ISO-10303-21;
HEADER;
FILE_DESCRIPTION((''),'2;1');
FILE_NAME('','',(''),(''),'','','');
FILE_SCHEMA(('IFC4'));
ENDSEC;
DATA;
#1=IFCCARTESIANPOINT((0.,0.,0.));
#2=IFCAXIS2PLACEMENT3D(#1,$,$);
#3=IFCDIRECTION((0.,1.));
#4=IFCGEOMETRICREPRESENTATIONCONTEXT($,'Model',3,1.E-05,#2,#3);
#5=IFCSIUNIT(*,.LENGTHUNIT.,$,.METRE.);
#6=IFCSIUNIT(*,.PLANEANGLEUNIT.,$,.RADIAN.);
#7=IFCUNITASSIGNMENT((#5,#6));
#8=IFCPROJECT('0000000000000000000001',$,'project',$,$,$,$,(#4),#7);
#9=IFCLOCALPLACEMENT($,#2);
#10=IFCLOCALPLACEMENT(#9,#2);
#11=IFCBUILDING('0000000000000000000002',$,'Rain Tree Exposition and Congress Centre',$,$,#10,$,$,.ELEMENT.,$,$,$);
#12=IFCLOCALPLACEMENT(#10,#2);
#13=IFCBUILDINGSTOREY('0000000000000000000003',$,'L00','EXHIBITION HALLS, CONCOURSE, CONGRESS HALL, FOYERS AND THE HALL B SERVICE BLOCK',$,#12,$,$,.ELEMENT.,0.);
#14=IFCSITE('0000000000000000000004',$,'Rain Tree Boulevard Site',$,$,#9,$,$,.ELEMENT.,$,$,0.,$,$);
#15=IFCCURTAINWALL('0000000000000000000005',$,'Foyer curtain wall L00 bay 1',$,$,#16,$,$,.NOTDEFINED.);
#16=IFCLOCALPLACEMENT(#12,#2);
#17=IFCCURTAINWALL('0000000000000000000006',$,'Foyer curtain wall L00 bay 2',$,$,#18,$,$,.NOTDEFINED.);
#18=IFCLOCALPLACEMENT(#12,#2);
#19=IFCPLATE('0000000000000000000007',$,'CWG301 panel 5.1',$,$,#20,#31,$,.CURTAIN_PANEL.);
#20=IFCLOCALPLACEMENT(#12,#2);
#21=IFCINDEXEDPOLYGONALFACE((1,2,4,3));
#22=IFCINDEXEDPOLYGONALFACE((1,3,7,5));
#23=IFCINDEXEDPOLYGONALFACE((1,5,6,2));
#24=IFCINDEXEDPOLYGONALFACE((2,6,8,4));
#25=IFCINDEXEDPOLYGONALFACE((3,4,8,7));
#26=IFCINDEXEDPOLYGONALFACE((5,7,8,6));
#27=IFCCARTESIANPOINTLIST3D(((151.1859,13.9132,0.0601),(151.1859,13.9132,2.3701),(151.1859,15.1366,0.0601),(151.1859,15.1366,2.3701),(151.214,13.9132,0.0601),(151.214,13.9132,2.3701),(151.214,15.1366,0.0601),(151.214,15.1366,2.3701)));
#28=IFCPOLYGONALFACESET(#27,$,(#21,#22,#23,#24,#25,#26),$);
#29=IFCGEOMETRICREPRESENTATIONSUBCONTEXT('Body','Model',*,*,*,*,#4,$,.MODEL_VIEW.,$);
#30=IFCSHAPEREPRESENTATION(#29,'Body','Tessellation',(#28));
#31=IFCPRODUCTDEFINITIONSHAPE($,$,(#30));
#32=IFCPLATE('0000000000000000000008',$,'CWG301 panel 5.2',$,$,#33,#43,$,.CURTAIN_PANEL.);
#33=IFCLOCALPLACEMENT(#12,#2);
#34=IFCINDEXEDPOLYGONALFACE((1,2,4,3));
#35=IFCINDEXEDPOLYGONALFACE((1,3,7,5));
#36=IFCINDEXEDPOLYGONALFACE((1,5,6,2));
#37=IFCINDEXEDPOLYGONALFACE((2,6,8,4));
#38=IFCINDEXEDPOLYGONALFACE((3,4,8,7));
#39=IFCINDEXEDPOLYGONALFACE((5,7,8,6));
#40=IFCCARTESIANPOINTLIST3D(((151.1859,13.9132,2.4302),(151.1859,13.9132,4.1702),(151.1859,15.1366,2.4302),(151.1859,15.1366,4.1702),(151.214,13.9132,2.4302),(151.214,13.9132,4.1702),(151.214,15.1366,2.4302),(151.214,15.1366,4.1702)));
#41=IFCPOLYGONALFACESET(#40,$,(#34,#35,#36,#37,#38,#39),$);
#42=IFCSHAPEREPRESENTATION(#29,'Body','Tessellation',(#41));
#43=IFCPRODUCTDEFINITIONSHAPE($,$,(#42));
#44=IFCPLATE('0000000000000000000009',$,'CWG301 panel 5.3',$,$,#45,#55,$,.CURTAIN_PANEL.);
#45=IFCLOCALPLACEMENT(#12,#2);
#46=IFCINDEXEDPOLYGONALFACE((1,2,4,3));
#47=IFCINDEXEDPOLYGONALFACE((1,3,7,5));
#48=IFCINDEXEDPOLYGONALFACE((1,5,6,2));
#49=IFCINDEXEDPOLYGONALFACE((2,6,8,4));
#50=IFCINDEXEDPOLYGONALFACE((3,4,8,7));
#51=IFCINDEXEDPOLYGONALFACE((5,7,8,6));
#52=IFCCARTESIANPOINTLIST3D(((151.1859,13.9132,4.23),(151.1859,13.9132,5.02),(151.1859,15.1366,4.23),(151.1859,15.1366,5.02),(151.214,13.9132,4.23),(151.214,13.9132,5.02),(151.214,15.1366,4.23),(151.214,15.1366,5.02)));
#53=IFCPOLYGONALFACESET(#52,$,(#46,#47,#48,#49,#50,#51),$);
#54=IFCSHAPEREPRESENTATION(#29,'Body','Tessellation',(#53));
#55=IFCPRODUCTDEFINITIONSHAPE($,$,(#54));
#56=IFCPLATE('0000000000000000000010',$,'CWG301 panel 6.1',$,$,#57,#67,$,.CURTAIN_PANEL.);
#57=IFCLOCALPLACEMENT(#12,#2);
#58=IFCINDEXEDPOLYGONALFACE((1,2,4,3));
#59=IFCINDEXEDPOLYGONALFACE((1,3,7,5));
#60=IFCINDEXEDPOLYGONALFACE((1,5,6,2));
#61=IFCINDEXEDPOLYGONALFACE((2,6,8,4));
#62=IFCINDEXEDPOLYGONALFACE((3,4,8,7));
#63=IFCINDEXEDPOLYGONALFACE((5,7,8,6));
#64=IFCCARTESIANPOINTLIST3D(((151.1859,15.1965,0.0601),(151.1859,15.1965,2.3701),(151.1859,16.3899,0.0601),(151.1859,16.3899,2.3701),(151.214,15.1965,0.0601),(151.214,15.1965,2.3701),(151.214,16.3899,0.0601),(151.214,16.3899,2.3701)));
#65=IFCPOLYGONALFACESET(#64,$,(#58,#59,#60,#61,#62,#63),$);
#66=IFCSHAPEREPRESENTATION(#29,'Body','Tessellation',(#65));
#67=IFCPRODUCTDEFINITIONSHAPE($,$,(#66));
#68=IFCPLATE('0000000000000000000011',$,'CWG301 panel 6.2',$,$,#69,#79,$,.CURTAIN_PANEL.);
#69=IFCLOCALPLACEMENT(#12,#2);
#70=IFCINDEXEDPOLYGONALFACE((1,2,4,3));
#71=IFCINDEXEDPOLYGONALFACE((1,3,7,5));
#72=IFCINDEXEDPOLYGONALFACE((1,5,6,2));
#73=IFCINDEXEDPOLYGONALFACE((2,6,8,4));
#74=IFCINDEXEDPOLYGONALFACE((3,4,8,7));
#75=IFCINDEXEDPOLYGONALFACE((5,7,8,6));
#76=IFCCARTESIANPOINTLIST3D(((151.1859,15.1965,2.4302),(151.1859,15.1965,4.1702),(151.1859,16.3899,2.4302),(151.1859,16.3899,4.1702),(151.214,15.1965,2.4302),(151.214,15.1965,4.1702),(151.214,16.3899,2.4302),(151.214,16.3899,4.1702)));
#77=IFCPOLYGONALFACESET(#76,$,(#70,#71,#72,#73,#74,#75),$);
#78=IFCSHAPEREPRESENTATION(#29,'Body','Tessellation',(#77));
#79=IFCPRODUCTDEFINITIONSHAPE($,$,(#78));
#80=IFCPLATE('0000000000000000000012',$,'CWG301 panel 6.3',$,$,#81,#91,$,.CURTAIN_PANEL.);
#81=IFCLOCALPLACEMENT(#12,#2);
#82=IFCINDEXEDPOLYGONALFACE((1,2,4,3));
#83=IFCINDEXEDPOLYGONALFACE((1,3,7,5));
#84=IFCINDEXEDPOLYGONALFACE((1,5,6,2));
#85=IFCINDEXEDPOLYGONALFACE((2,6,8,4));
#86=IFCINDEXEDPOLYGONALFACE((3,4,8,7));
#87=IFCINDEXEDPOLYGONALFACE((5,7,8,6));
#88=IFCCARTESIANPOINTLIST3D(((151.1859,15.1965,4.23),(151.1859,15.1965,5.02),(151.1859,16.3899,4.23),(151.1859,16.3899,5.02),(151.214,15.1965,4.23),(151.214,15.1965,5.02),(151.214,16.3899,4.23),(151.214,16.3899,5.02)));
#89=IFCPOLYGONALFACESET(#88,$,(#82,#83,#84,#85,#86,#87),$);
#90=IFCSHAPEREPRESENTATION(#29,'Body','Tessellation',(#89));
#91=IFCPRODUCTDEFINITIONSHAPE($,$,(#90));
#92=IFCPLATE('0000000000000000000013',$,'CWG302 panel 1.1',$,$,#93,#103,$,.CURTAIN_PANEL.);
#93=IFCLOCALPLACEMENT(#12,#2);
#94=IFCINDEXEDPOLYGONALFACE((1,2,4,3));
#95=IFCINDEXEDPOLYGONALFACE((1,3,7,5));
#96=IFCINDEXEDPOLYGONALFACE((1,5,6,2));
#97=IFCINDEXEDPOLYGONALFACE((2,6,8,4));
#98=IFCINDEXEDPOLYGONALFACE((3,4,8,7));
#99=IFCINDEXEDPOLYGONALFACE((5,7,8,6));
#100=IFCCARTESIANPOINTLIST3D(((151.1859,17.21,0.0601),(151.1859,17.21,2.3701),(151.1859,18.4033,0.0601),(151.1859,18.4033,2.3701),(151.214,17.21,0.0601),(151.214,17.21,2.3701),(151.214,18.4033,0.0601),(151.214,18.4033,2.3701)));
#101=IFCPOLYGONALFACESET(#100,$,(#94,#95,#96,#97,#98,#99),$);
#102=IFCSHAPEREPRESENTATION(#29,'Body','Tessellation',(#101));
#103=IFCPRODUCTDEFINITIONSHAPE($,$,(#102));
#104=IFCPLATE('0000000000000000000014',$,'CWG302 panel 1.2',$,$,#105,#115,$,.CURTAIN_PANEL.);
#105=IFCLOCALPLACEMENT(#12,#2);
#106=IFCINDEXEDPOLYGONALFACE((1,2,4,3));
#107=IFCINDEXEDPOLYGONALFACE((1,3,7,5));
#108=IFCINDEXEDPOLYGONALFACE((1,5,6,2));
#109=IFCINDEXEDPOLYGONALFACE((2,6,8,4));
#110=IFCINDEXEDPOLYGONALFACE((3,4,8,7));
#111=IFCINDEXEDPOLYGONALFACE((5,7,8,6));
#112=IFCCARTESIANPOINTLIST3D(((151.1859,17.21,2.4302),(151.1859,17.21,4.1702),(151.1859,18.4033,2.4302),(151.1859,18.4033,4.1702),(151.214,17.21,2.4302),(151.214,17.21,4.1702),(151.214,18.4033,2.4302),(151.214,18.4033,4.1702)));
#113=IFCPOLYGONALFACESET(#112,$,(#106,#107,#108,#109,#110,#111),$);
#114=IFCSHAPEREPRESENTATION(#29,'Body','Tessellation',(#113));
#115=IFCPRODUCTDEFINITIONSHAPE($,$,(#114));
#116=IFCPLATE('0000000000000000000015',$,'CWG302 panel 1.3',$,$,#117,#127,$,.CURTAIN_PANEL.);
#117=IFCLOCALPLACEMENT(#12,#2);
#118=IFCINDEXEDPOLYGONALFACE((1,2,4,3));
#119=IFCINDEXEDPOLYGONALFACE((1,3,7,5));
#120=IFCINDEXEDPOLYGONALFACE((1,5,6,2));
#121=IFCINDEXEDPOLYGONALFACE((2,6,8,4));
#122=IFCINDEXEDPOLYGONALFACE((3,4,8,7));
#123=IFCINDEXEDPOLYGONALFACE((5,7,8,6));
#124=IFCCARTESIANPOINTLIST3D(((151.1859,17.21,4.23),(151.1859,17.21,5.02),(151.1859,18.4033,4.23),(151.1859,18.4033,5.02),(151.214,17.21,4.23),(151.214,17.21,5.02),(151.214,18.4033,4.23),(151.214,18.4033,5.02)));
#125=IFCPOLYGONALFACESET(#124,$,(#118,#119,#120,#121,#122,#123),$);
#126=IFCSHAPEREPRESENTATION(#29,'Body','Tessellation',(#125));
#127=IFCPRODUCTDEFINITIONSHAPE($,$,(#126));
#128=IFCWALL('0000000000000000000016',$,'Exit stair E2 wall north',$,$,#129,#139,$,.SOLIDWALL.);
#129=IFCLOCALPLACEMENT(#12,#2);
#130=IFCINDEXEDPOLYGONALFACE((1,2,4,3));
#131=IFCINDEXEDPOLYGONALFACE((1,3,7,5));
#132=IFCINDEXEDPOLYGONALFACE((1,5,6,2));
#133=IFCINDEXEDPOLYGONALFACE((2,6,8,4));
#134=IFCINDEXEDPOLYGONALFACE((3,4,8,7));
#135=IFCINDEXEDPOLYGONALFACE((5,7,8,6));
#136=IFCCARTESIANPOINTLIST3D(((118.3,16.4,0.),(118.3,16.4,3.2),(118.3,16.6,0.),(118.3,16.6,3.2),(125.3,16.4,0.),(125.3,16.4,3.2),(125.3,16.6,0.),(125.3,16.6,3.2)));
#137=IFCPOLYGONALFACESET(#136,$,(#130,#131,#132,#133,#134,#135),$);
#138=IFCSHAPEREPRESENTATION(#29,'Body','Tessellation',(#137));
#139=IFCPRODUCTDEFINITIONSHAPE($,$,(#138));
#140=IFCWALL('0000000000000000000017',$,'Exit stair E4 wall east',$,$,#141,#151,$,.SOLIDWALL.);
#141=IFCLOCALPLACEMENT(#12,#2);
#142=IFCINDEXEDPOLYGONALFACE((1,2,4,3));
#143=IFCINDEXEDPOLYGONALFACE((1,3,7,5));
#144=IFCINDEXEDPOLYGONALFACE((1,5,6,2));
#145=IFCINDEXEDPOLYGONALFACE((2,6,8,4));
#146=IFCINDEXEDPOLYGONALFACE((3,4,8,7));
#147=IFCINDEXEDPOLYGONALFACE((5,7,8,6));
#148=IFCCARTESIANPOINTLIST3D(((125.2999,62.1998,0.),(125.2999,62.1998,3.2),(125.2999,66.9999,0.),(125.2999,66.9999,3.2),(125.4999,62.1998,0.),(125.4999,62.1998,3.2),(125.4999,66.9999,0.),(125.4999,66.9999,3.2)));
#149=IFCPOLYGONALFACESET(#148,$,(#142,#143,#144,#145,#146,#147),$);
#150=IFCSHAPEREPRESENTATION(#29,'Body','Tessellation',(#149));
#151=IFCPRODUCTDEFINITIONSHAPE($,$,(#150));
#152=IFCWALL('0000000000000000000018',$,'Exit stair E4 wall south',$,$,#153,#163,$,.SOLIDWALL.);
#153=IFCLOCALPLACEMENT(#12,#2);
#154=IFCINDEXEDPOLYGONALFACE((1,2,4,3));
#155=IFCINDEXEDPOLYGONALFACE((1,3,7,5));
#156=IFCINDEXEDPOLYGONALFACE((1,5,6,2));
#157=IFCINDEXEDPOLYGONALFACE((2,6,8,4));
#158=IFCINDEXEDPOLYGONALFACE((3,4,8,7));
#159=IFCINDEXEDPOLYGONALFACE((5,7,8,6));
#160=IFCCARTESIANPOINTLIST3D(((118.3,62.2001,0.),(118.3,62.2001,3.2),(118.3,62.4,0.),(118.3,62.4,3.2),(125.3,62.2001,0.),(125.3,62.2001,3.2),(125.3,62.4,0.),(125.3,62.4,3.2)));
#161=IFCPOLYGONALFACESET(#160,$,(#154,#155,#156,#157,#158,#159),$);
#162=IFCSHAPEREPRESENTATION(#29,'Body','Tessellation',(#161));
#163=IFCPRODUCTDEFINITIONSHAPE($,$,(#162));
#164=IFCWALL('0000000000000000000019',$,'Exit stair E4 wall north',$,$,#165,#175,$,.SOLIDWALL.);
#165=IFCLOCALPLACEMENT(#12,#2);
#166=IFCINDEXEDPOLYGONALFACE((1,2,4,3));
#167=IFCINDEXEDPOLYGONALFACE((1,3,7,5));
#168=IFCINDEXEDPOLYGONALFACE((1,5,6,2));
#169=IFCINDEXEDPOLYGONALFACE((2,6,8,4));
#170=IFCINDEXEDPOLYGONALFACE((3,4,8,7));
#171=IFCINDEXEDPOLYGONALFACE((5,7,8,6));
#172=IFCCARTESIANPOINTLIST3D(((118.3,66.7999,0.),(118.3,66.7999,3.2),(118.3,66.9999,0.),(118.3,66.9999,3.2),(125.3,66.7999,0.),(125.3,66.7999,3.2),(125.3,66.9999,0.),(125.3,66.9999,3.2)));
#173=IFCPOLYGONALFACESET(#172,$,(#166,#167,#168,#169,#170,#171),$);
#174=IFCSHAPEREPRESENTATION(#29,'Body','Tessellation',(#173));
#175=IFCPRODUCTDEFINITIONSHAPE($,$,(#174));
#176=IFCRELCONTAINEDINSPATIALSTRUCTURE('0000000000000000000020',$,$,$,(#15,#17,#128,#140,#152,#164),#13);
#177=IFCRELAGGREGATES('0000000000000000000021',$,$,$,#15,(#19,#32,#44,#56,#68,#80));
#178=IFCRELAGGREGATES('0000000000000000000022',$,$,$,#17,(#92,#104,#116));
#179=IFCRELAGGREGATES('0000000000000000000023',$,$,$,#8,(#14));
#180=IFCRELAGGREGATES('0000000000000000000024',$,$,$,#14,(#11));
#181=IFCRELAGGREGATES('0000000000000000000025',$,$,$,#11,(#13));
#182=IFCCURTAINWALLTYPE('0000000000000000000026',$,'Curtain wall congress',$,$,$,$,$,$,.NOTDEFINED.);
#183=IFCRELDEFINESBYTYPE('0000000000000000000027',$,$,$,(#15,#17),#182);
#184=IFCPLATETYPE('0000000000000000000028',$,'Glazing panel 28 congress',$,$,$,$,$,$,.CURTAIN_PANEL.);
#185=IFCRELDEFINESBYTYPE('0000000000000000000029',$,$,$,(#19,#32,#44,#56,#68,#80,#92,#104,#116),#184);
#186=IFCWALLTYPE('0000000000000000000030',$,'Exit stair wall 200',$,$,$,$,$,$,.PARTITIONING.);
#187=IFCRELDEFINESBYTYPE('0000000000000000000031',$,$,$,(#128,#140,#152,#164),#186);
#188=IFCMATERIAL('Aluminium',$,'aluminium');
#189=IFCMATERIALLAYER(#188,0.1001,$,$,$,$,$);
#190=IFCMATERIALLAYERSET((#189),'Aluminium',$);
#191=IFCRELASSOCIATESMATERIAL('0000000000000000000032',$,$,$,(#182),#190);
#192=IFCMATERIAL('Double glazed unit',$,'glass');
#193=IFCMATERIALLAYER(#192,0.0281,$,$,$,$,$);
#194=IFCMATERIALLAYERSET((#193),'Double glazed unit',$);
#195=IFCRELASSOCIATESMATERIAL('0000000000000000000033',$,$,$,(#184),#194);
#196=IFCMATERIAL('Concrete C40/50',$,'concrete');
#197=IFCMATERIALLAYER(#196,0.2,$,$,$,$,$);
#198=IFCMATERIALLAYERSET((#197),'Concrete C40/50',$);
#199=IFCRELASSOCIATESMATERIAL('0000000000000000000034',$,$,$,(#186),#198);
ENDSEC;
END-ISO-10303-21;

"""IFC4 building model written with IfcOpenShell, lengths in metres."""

from ifc_helpers import new_model, si_unit, direction, frame, frame_2d, origin, origin_2d, place, context, subcontext, project, spatial, rectangle, extrude, material, layer, layer_set, type_object, element, aggregate, save


model = new_model("IFC4")

# Units and contexts
model_context = context("Model", 3, precision=1e-05, world=origin(), true_north=direction((0.0, 1.0)))
body_context = subcontext(model_context, "Body", "Model", "MODEL_VIEW")
ifc_project = project(units=[si_unit("LENGTHUNIT", "METRE"), si_unit("PLANEANGLEUNIT", "RADIAN")], contexts=[model_context])

# Site, building, storey
site_placement = place(None, origin())
site = spatial("IfcSite", under=ifc_project, at=site_placement, Name="Rain Tree Boulevard Site", CompositionType="ELEMENT", RefElevation=0.0)
building_placement = place(site_placement, origin())
building = spatial("IfcBuilding", under=site, at=building_placement, Name="Rain Tree Exposition and Congress Centre", CompositionType="ELEMENT")
storey_placement = place(building_placement, origin())
storey = spatial("IfcBuildingStorey", under=building, at=storey_placement, Name="L00", Description="EXHIBITION HALLS, CONCOURSE, CONGRESS HALL, FOYERS AND THE HALL B SERVICE BLOCK", CompositionType="ELEMENT", Elevation=0.0)

# Curtain walls
ifc_material_1 = material(Name="Aluminium", Category="aluminium")
ifc_layer_1 = layer(ifc_material_1, 0.1001)
ifc_layer_set_1 = layer_set([ifc_layer_1], Name="Aluminium")
curtain_wall_type = type_object("IfcCurtainWallType", Name="Curtain wall congress", PredefinedType="NOTDEFINED", material=ifc_layer_set_1)
curtain_wall_1_placement = place(storey_placement, origin())
curtain_wall_1 = element("IfcCurtainWall", 1, at=curtain_wall_1_placement, inside=storey, type_object=curtain_wall_type, Name="Foyer curtain wall L00 bay 1", PredefinedType="NOTDEFINED")
curtain_wall_2_placement = place(storey_placement, origin())
curtain_wall_2 = element("IfcCurtainWall", 2, at=curtain_wall_2_placement, inside=storey, type_object=curtain_wall_type, Name="Foyer curtain wall L00 bay 2", PredefinedType="NOTDEFINED")

# Plates
ifc_material_2 = material(Name="Double glazed unit", Category="glass")
ifc_layer_2 = layer(ifc_material_2, 0.0281)
ifc_layer_set_2 = layer_set([ifc_layer_2], Name="Double glazed unit")
plate_type = type_object("IfcPlateType", Name="Glazing panel 28 congress", PredefinedType="CURTAIN_PANEL", material=ifc_layer_set_2)
plate_1_placement = place(storey_placement, frame((151.2, 14.5249, 0.0601), z_axis=(0.0, 0.0, 1.0), x_axis=(0.0, 1.0, 0.0)))
plate_1 = element("IfcPlate", 3, at=plate_1_placement, type_object=plate_type, Name="CWG301 panel 5.1", PredefinedType="CURTAIN_PANEL", context=body_context, shape_type="SweptSolid", body=[
    extrude(rectangle(XDim=1.2234, YDim=0.0281, at=origin_2d()), origin(), (0.0, 0.0, 1.0), 2.3101),
])
plate_2_placement = place(storey_placement, frame((151.2, 14.5249, 2.4302), z_axis=(0.0, 0.0, 1.0), x_axis=(0.0, 1.0, 0.0)))
plate_2 = element("IfcPlate", 4, at=plate_2_placement, type_object=plate_type, Name="CWG301 panel 5.2", PredefinedType="CURTAIN_PANEL", context=body_context, shape_type="SweptSolid", body=[
    extrude(rectangle(XDim=1.2234, YDim=0.0281, at=origin_2d()), origin(), (0.0, 0.0, 1.0), 1.74),
])
plate_3_placement = place(storey_placement, frame((151.2, 14.5249, 4.23), z_axis=(0.0, 0.0, 1.0), x_axis=(0.0, 1.0, 0.0)))
plate_3 = element("IfcPlate", 5, at=plate_3_placement, type_object=plate_type, Name="CWG301 panel 5.3", PredefinedType="CURTAIN_PANEL", context=body_context, shape_type="SweptSolid", body=[
    extrude(rectangle(XDim=1.2234, YDim=0.0281, at=origin_2d()), origin(), (0.0, 0.0, 1.0), 0.79),
])
plate_4_placement = place(storey_placement, frame((151.2, 15.7932, 0.0601), z_axis=(0.0, 0.0, 1.0), x_axis=(0.0, 1.0, 0.0)))
plate_4 = element("IfcPlate", 6, at=plate_4_placement, type_object=plate_type, Name="CWG301 panel 6.1", PredefinedType="CURTAIN_PANEL", context=body_context, shape_type="SweptSolid", body=[
    extrude(rectangle(XDim=1.1934, YDim=0.0281, at=origin_2d()), origin(), (0.0, 0.0, 1.0), 2.3101),
])
plate_5_placement = place(storey_placement, frame((151.2, 15.7932, 2.4302), z_axis=(0.0, 0.0, 1.0), x_axis=(0.0, 1.0, 0.0)))
plate_5 = element("IfcPlate", 7, at=plate_5_placement, type_object=plate_type, Name="CWG301 panel 6.2", PredefinedType="CURTAIN_PANEL", context=body_context, shape_type="SweptSolid", body=[
    extrude(rectangle(XDim=1.1934, YDim=0.0281, at=origin_2d()), origin(), (0.0, 0.0, 1.0), 1.74),
])
plate_6_placement = place(storey_placement, frame((151.2, 15.7932, 4.23), z_axis=(0.0, 0.0, 1.0), x_axis=(0.0, 1.0, 0.0)))
plate_6 = element("IfcPlate", 8, at=plate_6_placement, type_object=plate_type, Name="CWG301 panel 6.3", PredefinedType="CURTAIN_PANEL", context=body_context, shape_type="SweptSolid", body=[
    extrude(rectangle(XDim=1.1934, YDim=0.0281, at=origin_2d()), origin(), (0.0, 0.0, 1.0), 0.79),
])
aggregate(curtain_wall_1, [plate_1, plate_2, plate_3, plate_4, plate_5, plate_6])
plate_7_placement = place(storey_placement, frame((151.2, 17.8066, 0.0601), z_axis=(0.0, 0.0, 1.0), x_axis=(0.0, 1.0, 0.0)))
plate_7 = element("IfcPlate", 9, at=plate_7_placement, type_object=plate_type, Name="CWG302 panel 1.1", PredefinedType="CURTAIN_PANEL", context=body_context, shape_type="SweptSolid", body=[
    extrude(rectangle(XDim=1.1934, YDim=0.0281, at=origin_2d()), origin(), (0.0, 0.0, 1.0), 2.3101),
])
plate_8_placement = place(storey_placement, frame((151.2, 17.8066, 2.4302), z_axis=(0.0, 0.0, 1.0), x_axis=(0.0, 1.0, 0.0)))
plate_8 = element("IfcPlate", 10, at=plate_8_placement, type_object=plate_type, Name="CWG302 panel 1.2", PredefinedType="CURTAIN_PANEL", context=body_context, shape_type="SweptSolid", body=[
    extrude(rectangle(XDim=1.1934, YDim=0.0281, at=origin_2d()), origin(), (0.0, 0.0, 1.0), 1.74),
])
plate_9_placement = place(storey_placement, frame((151.2, 17.8066, 4.23), z_axis=(0.0, 0.0, 1.0), x_axis=(0.0, 1.0, 0.0)))
plate_9 = element("IfcPlate", 11, at=plate_9_placement, type_object=plate_type, Name="CWG302 panel 1.3", PredefinedType="CURTAIN_PANEL", context=body_context, shape_type="SweptSolid", body=[
    extrude(rectangle(XDim=1.1934, YDim=0.0281, at=origin_2d()), origin(), (0.0, 0.0, 1.0), 0.79),
])
aggregate(curtain_wall_2, [plate_7, plate_8, plate_9])

# Walls
ifc_material_3 = material(Name="Concrete C40/50", Category="concrete")
ifc_layer_3 = layer(ifc_material_3, 0.2)
ifc_layer_set_3 = layer_set([ifc_layer_3], Name="Concrete C40/50")
wall_type = type_object("IfcWallType", Name="Exit stair wall 200", PredefinedType="PARTITIONING", material=ifc_layer_set_3)
wall_1_placement = place(storey_placement, frame((118.3, 16.5, 0.0), z_axis=(0.0, 0.0, 1.0), x_axis=(1.0, 0.0, 0.0)))
element("IfcWall", 12, at=wall_1_placement, inside=storey, type_object=wall_type, Name="Exit stair E2 wall north", PredefinedType="SOLIDWALL", context=body_context, shape_type="SweptSolid", body=[
    extrude(rectangle(XDim=7.0, YDim=0.2, at=frame_2d((3.5, 0.0))), origin(), (0.0, 0.0, 1.0), 3.2),
])
wall_2_placement = place(storey_placement, frame((125.3999, 62.2, 0.0), z_axis=(0.0, 0.0, 1.0), x_axis=(0.0, 1.0, 0.0)))
element("IfcWall", 13, at=wall_2_placement, inside=storey, type_object=wall_type, Name="Exit stair E4 wall east", PredefinedType="SOLIDWALL", context=body_context, shape_type="SweptSolid", body=[
    extrude(rectangle(XDim=4.8, YDim=0.2, at=frame_2d((2.3999, 0.0))), origin(), (0.0, 0.0, 1.0), 3.2),
])
for number, where, z_axis, x_axis, name in (
    (14, (118.3, 62.3, 0.0), (0.0, 0.0, 1.0), (1.0, 0.0, 0.0), "Exit stair E4 wall south"),
    (15, (118.3, 66.8999, 0.0), (0.0, 0.0, 1.0), (1.0, 0.0, 0.0), "Exit stair E4 wall north"),
):
    element("IfcWall", number, at=place(storey_placement, frame(where, z_axis=z_axis, x_axis=x_axis)), inside=storey, type_object=wall_type, Name=name, PredefinedType="SOLIDWALL", context=body_context, shape_type="SweptSolid", body=[
        extrude(rectangle(XDim=7.0, YDim=0.2, at=frame_2d((3.5, 0.0))), origin(), (0.0, 0.0, 1.0), 3.2),
    ])

save(model, "model.ifc")
